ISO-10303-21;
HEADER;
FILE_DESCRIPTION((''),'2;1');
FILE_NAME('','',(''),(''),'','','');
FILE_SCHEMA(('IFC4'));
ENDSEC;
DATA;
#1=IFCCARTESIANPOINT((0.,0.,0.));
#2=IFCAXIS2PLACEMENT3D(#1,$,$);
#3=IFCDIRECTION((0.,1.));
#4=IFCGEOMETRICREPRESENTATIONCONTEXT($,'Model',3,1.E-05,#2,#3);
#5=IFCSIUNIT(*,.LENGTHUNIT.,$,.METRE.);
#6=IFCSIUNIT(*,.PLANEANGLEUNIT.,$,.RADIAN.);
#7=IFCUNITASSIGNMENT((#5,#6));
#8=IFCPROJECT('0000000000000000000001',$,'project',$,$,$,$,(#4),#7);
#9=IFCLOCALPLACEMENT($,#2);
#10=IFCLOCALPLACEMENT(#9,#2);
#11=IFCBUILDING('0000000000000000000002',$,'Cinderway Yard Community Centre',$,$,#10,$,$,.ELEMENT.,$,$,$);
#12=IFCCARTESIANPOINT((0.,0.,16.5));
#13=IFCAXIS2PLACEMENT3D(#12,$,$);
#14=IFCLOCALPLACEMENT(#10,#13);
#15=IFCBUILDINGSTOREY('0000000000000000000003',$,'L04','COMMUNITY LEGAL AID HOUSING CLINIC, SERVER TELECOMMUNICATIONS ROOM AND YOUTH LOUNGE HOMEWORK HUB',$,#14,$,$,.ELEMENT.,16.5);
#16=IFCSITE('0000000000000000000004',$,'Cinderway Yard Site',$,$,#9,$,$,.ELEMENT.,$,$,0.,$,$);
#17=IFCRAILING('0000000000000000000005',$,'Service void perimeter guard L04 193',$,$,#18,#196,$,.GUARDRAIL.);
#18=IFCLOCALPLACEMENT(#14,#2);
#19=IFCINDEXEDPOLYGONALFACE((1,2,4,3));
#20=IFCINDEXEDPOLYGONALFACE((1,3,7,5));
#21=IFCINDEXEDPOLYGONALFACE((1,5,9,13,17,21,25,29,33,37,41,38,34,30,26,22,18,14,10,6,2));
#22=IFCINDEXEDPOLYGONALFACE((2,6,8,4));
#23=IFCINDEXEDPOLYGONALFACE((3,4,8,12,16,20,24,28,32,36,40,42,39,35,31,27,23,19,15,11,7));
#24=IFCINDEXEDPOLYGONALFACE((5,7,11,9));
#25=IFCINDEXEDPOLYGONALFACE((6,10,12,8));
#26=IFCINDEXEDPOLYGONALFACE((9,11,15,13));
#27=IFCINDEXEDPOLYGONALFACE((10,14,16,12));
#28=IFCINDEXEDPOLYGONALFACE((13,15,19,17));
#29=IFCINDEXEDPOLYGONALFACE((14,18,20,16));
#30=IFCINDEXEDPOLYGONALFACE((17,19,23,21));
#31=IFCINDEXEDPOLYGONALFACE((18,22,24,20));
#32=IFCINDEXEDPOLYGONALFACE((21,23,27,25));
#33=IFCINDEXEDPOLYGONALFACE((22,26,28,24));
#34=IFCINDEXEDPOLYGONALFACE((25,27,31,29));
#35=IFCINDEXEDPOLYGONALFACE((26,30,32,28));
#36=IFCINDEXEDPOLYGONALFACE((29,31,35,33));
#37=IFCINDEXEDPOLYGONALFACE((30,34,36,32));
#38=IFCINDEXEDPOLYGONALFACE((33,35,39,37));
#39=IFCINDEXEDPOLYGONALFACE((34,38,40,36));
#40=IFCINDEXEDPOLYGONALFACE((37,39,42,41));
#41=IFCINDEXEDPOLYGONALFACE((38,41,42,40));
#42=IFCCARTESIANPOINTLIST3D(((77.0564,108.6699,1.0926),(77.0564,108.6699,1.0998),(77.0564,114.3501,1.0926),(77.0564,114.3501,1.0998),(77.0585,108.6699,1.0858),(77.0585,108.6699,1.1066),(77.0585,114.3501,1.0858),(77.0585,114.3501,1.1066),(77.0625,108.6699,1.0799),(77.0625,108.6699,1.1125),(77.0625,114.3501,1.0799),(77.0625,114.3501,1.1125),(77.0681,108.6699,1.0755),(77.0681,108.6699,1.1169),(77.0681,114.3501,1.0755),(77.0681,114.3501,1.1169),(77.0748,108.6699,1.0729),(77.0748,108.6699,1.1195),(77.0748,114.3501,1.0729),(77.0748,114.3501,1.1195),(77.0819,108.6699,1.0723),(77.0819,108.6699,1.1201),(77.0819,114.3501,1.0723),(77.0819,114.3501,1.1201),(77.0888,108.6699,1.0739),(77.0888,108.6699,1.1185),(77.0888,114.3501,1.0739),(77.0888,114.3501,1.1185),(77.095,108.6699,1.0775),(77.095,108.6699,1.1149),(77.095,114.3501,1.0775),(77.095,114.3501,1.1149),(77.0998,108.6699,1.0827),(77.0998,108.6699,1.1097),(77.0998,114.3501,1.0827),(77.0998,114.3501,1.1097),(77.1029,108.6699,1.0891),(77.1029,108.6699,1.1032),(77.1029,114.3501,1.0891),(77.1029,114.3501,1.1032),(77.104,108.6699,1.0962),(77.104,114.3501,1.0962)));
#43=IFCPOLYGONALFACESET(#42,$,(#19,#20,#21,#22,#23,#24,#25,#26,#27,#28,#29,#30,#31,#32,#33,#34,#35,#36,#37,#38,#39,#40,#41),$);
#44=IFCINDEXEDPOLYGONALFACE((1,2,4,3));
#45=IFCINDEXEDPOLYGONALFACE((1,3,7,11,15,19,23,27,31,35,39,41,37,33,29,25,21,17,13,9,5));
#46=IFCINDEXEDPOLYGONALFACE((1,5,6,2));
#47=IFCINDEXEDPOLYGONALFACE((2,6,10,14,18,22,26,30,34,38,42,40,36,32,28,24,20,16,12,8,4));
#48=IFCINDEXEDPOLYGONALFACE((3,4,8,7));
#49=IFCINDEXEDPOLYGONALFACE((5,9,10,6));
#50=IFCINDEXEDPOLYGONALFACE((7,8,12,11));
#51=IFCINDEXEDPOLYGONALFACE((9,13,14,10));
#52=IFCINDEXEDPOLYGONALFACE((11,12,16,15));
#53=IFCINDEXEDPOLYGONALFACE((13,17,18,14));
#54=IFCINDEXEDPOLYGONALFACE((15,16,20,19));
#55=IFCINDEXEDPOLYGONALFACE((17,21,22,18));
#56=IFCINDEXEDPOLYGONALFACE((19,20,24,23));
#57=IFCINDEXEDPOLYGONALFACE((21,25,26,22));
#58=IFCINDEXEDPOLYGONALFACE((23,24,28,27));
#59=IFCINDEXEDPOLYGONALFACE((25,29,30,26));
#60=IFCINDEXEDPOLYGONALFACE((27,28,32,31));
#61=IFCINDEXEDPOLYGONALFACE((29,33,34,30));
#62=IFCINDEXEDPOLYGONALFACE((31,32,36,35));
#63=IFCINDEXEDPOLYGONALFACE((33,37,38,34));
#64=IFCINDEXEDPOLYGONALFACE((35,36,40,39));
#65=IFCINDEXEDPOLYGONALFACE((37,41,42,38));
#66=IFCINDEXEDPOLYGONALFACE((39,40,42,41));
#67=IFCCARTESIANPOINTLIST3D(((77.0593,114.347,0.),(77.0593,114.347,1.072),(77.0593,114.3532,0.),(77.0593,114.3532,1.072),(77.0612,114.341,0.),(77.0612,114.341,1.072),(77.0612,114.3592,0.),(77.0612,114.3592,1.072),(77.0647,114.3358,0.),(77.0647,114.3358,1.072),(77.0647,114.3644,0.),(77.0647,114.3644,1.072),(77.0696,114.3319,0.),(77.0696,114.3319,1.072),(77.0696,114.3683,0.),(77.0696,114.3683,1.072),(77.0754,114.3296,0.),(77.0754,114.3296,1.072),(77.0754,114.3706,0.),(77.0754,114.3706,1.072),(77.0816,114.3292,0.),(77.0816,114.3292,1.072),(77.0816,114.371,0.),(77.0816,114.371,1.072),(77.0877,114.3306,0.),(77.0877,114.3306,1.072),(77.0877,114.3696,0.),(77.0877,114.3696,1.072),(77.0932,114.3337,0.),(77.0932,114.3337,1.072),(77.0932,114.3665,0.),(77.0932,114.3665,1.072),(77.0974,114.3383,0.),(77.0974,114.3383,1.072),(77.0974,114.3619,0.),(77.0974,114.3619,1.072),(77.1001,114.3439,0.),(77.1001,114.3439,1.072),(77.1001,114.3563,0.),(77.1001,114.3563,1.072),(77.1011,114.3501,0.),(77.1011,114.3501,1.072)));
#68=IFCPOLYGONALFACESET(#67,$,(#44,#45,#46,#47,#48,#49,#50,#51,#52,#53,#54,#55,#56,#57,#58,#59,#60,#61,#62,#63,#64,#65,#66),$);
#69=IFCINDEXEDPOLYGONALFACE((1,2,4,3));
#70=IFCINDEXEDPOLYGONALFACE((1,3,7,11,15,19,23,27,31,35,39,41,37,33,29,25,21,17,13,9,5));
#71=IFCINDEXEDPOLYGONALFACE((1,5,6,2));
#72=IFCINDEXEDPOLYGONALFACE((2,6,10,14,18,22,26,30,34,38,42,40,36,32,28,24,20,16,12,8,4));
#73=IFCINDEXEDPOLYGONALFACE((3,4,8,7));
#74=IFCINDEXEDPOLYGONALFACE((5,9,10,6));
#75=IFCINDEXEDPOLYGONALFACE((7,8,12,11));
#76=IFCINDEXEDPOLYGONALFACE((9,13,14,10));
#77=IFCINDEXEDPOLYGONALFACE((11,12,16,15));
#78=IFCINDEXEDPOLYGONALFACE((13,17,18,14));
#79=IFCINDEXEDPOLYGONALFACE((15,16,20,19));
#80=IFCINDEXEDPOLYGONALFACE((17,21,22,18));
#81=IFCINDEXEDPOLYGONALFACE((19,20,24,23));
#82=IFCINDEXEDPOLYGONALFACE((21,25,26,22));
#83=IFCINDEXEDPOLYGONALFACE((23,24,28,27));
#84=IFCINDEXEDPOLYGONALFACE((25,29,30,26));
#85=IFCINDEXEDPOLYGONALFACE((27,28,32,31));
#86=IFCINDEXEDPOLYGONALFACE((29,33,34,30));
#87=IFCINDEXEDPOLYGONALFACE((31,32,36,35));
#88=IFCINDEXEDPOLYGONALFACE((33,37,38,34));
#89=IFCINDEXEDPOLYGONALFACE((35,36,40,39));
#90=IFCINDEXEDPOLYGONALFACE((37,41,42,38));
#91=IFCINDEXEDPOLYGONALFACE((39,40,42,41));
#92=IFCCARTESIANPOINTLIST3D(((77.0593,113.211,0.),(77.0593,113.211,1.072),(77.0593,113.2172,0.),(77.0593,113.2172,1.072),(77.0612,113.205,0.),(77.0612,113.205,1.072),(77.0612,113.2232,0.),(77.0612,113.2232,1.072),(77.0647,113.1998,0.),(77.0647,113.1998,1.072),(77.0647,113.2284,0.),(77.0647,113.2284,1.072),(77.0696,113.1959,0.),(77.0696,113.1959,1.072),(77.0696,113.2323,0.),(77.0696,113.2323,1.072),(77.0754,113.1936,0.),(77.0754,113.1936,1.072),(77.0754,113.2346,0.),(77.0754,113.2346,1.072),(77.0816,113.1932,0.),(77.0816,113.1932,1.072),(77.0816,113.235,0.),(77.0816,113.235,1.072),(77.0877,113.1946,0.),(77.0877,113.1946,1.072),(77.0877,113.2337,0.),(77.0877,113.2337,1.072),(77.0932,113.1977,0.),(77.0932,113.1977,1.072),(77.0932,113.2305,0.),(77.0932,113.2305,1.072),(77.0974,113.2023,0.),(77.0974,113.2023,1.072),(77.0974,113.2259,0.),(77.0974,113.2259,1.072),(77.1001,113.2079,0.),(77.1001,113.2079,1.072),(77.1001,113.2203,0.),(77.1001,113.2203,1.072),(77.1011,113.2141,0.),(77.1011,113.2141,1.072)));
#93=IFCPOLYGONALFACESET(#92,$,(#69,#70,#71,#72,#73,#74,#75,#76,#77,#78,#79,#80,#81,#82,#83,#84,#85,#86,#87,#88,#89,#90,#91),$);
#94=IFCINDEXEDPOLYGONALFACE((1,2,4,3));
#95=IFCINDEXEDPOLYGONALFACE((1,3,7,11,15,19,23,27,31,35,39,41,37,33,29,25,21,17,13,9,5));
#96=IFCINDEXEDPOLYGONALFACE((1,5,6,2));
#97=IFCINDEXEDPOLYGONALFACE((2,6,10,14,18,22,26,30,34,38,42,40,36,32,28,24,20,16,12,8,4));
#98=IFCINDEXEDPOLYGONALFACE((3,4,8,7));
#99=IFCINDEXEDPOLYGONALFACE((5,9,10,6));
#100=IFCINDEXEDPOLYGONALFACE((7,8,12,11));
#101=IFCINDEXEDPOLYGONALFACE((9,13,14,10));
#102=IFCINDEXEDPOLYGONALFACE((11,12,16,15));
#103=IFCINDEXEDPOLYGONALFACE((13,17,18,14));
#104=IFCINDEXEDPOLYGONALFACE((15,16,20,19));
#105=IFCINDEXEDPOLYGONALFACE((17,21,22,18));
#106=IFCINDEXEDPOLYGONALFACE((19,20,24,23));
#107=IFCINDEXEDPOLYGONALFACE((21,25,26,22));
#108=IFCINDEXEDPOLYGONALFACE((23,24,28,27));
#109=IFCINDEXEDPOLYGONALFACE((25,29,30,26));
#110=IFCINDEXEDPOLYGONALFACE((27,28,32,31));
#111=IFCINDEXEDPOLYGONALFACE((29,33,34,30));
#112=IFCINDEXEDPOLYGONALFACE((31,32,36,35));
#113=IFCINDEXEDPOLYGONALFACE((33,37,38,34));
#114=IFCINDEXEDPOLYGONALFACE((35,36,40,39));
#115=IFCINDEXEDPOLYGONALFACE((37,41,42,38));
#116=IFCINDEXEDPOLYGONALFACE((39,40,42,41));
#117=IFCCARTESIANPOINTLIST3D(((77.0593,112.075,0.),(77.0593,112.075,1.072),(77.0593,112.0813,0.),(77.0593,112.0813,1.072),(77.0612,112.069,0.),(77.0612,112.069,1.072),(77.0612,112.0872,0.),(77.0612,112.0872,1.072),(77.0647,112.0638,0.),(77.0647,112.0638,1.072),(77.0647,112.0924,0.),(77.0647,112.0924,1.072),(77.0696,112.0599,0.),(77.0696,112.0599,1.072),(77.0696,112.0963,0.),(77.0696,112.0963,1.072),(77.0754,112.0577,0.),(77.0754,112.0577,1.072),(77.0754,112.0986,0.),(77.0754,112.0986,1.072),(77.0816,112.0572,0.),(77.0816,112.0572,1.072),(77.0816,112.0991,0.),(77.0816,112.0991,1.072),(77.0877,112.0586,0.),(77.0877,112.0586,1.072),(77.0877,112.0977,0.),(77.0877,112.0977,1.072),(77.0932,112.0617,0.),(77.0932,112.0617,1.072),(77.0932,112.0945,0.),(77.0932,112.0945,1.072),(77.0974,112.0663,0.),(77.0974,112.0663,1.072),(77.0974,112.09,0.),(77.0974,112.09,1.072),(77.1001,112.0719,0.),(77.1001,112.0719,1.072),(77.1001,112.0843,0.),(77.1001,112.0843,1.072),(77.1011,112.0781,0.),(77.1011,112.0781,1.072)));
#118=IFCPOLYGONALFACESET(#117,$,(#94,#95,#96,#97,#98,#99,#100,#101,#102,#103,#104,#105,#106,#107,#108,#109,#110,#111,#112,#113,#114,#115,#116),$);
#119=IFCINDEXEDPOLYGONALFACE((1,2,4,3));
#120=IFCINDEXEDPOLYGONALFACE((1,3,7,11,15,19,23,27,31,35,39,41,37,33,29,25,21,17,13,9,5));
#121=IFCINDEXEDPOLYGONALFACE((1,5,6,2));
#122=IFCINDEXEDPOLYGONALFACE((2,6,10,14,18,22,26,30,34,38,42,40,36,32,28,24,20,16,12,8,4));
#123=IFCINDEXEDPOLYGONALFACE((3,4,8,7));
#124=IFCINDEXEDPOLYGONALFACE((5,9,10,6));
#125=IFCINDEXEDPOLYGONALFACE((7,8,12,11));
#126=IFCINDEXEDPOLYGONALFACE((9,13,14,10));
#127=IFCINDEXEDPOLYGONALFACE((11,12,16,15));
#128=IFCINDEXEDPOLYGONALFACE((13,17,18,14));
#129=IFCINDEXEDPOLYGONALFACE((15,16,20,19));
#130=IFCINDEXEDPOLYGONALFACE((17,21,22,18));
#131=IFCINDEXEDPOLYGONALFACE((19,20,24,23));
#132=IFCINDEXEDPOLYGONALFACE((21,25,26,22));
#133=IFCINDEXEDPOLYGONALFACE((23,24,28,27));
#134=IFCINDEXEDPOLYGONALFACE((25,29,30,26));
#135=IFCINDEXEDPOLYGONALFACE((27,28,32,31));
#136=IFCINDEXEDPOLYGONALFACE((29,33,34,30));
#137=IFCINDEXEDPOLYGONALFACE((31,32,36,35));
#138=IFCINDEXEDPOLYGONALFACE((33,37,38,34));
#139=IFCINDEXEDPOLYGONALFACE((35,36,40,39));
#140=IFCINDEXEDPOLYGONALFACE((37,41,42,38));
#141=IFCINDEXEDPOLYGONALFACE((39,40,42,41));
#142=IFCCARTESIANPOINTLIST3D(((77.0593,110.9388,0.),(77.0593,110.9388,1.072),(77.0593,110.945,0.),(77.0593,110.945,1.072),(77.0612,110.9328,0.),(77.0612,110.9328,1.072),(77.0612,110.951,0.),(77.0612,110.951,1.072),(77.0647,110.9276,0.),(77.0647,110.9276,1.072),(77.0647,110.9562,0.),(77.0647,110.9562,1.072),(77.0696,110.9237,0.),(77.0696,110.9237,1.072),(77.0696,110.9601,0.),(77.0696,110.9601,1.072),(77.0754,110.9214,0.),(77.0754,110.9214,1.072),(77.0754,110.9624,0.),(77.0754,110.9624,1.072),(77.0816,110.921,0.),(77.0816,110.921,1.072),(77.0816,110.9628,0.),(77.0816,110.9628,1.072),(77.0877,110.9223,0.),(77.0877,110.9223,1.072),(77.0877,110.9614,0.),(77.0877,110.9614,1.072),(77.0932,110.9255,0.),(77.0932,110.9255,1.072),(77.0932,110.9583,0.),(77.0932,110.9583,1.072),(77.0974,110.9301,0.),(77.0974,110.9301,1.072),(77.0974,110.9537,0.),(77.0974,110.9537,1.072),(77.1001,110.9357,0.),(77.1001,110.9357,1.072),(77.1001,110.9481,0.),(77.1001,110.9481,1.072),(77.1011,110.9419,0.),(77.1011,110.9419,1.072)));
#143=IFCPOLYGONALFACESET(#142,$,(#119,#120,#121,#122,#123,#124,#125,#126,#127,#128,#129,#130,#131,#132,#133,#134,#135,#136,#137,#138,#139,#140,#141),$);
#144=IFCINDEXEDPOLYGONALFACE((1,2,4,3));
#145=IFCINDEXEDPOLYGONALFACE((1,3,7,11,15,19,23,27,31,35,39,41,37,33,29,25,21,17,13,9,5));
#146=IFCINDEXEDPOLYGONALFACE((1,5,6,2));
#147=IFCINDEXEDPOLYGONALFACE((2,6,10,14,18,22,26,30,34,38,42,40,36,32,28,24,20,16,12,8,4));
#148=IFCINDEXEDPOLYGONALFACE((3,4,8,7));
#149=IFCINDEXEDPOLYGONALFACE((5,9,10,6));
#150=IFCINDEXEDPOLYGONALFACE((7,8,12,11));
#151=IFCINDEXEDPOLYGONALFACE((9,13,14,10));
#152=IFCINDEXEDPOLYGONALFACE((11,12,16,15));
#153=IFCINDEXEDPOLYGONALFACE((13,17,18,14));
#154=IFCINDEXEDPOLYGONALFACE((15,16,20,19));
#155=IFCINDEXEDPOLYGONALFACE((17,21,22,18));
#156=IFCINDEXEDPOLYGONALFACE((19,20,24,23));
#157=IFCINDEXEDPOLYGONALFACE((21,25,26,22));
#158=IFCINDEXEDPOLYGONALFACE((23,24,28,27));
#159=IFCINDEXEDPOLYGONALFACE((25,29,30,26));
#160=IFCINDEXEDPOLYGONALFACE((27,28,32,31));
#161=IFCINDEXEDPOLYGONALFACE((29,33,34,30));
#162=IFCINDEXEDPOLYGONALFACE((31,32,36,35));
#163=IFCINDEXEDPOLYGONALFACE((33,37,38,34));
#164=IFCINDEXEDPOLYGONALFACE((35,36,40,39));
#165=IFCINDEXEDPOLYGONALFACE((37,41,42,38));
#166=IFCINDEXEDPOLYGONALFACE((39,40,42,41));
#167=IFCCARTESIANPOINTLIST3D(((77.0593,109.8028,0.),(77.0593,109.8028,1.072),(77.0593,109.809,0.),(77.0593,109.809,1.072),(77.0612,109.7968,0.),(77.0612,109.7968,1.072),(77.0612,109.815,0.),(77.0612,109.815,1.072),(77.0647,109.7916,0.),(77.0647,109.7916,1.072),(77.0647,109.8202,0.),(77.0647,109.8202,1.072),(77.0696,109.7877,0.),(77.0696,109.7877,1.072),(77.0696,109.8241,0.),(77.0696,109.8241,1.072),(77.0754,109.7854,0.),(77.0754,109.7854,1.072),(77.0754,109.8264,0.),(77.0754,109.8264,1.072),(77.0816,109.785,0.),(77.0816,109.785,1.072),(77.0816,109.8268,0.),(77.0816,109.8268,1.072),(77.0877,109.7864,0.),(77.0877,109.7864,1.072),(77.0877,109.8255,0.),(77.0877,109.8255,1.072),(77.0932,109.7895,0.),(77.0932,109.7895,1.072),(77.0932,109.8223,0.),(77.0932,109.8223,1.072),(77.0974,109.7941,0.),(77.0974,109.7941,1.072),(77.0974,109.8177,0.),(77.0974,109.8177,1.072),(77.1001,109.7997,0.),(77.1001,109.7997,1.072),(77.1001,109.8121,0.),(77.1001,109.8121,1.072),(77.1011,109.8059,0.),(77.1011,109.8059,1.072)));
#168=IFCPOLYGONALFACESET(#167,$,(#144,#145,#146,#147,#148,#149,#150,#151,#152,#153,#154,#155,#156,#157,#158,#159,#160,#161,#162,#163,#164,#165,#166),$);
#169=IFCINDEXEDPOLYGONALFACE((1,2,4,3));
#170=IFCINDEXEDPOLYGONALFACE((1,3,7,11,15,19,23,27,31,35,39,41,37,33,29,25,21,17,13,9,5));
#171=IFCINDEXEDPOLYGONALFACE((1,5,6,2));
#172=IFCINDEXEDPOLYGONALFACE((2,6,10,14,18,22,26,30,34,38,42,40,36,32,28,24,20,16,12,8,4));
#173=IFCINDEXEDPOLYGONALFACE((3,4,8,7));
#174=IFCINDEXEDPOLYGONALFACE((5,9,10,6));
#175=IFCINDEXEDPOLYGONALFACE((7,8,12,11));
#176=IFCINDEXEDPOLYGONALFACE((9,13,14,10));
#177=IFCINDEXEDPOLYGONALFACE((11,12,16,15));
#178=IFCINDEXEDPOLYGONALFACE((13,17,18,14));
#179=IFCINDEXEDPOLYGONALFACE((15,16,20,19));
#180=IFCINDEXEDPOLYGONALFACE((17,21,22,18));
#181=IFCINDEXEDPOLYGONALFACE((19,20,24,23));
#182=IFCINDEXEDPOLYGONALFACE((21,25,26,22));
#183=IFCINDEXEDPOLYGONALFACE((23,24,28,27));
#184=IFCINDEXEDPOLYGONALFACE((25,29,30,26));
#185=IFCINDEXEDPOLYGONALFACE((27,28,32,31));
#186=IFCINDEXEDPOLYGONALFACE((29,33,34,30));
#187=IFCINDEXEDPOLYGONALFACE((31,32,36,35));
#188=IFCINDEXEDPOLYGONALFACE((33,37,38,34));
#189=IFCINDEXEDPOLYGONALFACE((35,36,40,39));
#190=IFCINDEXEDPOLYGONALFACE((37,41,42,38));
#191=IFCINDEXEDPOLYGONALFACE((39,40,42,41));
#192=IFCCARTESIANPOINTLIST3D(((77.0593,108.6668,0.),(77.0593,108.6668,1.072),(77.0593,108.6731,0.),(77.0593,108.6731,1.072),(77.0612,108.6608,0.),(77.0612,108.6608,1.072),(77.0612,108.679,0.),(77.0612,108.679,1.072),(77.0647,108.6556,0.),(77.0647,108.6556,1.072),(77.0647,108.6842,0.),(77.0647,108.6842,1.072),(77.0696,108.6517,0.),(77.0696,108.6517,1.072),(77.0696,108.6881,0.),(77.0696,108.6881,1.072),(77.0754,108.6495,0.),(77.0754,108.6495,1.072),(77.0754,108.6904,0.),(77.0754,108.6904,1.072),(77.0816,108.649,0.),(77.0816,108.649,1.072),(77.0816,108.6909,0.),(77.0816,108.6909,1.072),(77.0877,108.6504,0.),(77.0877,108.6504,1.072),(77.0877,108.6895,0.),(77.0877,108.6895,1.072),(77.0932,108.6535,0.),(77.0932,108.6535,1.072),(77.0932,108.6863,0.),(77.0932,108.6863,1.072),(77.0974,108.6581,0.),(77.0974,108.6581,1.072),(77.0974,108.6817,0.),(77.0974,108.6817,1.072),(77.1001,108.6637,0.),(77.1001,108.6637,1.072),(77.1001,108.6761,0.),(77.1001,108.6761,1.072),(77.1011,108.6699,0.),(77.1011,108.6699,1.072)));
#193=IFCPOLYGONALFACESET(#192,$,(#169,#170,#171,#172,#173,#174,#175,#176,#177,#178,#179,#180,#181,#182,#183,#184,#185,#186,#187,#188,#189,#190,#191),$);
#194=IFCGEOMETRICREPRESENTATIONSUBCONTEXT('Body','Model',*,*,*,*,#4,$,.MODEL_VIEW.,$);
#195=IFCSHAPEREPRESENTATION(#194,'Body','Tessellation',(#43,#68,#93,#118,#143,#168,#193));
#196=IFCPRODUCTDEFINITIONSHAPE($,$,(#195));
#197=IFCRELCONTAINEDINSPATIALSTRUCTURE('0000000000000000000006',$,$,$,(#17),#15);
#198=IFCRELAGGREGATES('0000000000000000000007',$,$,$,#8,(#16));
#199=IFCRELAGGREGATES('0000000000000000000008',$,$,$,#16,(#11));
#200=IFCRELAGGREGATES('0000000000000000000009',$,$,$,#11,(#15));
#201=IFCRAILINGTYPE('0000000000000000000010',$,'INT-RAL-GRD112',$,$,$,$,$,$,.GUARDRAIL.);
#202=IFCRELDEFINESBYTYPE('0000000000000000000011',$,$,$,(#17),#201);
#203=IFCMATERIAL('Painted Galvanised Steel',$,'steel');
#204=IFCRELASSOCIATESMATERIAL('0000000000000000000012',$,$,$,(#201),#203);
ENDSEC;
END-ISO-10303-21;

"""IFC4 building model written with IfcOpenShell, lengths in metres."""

from ifc_helpers import new_model, si_unit, direction, frame, origin, origin_2d, place, context, subcontext, project, spatial, circle, extrude, material, type_object, element, save


model = new_model("IFC4")

# Units and contexts
model_context = context("Model", 3, precision=1e-05, world=origin(), true_north=direction((0.0, 1.0)))
body_context = subcontext(model_context, "Body", "Model", "MODEL_VIEW")
ifc_project = project(units=[si_unit("LENGTHUNIT", "METRE"), si_unit("PLANEANGLEUNIT", "RADIAN")], contexts=[model_context])

# Site, building, storey
site_placement = place(None, origin())
site = spatial("IfcSite", under=ifc_project, at=site_placement, Name="Cinderway Yard Site", CompositionType="ELEMENT", RefElevation=0.0)
building_placement = place(site_placement, origin())
building = spatial("IfcBuilding", under=site, at=building_placement, Name="Cinderway Yard Community Centre", CompositionType="ELEMENT")
storey_placement = place(building_placement, frame((0.0, 0.0, 16.5)))
storey = spatial("IfcBuildingStorey", under=building, at=storey_placement, Name="L04", Description="COMMUNITY LEGAL AID HOUSING CLINIC, SERVER TELECOMMUNICATIONS ROOM AND YOUTH LOUNGE HOMEWORK HUB", CompositionType="ELEMENT", Elevation=16.5)

# Railing
ifc_material_1 = material(Name="Painted Galvanised Steel", Category="steel")
railing_type = type_object("IfcRailingType", Name="INT-RAL-GRD112", PredefinedType="GUARDRAIL", material=ifc_material_1)
railing_1_placement = place(storey_placement, frame((77.0801, 114.3501, 0.0)))
element("IfcRailing", 1, at=railing_1_placement, inside=storey, type_object=railing_type, Name="Service void perimeter guard L04 193", PredefinedType="GUARDRAIL", context=body_context, shape_type="SweptSolid", body=[
    extrude(circle(Radius=0.0239, at=origin_2d()), frame((0.0, 0.0, 1.0962), z_axis=(0.0, -1.0, 0.0), x_axis=(1.0, 0.0, 0.0)), (0.0, 0.0, 1.0), 5.6802),
    extrude(circle(Radius=0.021, at=origin_2d()), origin(), (0.0, 0.0, 1.0), 1.072),
    extrude(circle(Radius=0.021, at=origin_2d()), frame((0.0, -1.136, 0.0)), (0.0, 0.0, 1.0), 1.072),
    extrude(circle(Radius=0.021, at=origin_2d()), frame((0.0, -2.272, 0.0)), (0.0, 0.0, 1.0), 1.072),
    extrude(circle(Radius=0.021, at=origin_2d()), frame((0.0, -3.4082, 0.0)), (0.0, 0.0, 1.0), 1.072),
    extrude(circle(Radius=0.021, at=origin_2d()), frame((0.0, -4.5442, 0.0)), (0.0, 0.0, 1.0), 1.072),
    extrude(circle(Radius=0.021, at=origin_2d()), frame((0.0, -5.6802, 0.0)), (0.0, 0.0, 1.0), 1.072),
])

save(model, "model.ifc")
